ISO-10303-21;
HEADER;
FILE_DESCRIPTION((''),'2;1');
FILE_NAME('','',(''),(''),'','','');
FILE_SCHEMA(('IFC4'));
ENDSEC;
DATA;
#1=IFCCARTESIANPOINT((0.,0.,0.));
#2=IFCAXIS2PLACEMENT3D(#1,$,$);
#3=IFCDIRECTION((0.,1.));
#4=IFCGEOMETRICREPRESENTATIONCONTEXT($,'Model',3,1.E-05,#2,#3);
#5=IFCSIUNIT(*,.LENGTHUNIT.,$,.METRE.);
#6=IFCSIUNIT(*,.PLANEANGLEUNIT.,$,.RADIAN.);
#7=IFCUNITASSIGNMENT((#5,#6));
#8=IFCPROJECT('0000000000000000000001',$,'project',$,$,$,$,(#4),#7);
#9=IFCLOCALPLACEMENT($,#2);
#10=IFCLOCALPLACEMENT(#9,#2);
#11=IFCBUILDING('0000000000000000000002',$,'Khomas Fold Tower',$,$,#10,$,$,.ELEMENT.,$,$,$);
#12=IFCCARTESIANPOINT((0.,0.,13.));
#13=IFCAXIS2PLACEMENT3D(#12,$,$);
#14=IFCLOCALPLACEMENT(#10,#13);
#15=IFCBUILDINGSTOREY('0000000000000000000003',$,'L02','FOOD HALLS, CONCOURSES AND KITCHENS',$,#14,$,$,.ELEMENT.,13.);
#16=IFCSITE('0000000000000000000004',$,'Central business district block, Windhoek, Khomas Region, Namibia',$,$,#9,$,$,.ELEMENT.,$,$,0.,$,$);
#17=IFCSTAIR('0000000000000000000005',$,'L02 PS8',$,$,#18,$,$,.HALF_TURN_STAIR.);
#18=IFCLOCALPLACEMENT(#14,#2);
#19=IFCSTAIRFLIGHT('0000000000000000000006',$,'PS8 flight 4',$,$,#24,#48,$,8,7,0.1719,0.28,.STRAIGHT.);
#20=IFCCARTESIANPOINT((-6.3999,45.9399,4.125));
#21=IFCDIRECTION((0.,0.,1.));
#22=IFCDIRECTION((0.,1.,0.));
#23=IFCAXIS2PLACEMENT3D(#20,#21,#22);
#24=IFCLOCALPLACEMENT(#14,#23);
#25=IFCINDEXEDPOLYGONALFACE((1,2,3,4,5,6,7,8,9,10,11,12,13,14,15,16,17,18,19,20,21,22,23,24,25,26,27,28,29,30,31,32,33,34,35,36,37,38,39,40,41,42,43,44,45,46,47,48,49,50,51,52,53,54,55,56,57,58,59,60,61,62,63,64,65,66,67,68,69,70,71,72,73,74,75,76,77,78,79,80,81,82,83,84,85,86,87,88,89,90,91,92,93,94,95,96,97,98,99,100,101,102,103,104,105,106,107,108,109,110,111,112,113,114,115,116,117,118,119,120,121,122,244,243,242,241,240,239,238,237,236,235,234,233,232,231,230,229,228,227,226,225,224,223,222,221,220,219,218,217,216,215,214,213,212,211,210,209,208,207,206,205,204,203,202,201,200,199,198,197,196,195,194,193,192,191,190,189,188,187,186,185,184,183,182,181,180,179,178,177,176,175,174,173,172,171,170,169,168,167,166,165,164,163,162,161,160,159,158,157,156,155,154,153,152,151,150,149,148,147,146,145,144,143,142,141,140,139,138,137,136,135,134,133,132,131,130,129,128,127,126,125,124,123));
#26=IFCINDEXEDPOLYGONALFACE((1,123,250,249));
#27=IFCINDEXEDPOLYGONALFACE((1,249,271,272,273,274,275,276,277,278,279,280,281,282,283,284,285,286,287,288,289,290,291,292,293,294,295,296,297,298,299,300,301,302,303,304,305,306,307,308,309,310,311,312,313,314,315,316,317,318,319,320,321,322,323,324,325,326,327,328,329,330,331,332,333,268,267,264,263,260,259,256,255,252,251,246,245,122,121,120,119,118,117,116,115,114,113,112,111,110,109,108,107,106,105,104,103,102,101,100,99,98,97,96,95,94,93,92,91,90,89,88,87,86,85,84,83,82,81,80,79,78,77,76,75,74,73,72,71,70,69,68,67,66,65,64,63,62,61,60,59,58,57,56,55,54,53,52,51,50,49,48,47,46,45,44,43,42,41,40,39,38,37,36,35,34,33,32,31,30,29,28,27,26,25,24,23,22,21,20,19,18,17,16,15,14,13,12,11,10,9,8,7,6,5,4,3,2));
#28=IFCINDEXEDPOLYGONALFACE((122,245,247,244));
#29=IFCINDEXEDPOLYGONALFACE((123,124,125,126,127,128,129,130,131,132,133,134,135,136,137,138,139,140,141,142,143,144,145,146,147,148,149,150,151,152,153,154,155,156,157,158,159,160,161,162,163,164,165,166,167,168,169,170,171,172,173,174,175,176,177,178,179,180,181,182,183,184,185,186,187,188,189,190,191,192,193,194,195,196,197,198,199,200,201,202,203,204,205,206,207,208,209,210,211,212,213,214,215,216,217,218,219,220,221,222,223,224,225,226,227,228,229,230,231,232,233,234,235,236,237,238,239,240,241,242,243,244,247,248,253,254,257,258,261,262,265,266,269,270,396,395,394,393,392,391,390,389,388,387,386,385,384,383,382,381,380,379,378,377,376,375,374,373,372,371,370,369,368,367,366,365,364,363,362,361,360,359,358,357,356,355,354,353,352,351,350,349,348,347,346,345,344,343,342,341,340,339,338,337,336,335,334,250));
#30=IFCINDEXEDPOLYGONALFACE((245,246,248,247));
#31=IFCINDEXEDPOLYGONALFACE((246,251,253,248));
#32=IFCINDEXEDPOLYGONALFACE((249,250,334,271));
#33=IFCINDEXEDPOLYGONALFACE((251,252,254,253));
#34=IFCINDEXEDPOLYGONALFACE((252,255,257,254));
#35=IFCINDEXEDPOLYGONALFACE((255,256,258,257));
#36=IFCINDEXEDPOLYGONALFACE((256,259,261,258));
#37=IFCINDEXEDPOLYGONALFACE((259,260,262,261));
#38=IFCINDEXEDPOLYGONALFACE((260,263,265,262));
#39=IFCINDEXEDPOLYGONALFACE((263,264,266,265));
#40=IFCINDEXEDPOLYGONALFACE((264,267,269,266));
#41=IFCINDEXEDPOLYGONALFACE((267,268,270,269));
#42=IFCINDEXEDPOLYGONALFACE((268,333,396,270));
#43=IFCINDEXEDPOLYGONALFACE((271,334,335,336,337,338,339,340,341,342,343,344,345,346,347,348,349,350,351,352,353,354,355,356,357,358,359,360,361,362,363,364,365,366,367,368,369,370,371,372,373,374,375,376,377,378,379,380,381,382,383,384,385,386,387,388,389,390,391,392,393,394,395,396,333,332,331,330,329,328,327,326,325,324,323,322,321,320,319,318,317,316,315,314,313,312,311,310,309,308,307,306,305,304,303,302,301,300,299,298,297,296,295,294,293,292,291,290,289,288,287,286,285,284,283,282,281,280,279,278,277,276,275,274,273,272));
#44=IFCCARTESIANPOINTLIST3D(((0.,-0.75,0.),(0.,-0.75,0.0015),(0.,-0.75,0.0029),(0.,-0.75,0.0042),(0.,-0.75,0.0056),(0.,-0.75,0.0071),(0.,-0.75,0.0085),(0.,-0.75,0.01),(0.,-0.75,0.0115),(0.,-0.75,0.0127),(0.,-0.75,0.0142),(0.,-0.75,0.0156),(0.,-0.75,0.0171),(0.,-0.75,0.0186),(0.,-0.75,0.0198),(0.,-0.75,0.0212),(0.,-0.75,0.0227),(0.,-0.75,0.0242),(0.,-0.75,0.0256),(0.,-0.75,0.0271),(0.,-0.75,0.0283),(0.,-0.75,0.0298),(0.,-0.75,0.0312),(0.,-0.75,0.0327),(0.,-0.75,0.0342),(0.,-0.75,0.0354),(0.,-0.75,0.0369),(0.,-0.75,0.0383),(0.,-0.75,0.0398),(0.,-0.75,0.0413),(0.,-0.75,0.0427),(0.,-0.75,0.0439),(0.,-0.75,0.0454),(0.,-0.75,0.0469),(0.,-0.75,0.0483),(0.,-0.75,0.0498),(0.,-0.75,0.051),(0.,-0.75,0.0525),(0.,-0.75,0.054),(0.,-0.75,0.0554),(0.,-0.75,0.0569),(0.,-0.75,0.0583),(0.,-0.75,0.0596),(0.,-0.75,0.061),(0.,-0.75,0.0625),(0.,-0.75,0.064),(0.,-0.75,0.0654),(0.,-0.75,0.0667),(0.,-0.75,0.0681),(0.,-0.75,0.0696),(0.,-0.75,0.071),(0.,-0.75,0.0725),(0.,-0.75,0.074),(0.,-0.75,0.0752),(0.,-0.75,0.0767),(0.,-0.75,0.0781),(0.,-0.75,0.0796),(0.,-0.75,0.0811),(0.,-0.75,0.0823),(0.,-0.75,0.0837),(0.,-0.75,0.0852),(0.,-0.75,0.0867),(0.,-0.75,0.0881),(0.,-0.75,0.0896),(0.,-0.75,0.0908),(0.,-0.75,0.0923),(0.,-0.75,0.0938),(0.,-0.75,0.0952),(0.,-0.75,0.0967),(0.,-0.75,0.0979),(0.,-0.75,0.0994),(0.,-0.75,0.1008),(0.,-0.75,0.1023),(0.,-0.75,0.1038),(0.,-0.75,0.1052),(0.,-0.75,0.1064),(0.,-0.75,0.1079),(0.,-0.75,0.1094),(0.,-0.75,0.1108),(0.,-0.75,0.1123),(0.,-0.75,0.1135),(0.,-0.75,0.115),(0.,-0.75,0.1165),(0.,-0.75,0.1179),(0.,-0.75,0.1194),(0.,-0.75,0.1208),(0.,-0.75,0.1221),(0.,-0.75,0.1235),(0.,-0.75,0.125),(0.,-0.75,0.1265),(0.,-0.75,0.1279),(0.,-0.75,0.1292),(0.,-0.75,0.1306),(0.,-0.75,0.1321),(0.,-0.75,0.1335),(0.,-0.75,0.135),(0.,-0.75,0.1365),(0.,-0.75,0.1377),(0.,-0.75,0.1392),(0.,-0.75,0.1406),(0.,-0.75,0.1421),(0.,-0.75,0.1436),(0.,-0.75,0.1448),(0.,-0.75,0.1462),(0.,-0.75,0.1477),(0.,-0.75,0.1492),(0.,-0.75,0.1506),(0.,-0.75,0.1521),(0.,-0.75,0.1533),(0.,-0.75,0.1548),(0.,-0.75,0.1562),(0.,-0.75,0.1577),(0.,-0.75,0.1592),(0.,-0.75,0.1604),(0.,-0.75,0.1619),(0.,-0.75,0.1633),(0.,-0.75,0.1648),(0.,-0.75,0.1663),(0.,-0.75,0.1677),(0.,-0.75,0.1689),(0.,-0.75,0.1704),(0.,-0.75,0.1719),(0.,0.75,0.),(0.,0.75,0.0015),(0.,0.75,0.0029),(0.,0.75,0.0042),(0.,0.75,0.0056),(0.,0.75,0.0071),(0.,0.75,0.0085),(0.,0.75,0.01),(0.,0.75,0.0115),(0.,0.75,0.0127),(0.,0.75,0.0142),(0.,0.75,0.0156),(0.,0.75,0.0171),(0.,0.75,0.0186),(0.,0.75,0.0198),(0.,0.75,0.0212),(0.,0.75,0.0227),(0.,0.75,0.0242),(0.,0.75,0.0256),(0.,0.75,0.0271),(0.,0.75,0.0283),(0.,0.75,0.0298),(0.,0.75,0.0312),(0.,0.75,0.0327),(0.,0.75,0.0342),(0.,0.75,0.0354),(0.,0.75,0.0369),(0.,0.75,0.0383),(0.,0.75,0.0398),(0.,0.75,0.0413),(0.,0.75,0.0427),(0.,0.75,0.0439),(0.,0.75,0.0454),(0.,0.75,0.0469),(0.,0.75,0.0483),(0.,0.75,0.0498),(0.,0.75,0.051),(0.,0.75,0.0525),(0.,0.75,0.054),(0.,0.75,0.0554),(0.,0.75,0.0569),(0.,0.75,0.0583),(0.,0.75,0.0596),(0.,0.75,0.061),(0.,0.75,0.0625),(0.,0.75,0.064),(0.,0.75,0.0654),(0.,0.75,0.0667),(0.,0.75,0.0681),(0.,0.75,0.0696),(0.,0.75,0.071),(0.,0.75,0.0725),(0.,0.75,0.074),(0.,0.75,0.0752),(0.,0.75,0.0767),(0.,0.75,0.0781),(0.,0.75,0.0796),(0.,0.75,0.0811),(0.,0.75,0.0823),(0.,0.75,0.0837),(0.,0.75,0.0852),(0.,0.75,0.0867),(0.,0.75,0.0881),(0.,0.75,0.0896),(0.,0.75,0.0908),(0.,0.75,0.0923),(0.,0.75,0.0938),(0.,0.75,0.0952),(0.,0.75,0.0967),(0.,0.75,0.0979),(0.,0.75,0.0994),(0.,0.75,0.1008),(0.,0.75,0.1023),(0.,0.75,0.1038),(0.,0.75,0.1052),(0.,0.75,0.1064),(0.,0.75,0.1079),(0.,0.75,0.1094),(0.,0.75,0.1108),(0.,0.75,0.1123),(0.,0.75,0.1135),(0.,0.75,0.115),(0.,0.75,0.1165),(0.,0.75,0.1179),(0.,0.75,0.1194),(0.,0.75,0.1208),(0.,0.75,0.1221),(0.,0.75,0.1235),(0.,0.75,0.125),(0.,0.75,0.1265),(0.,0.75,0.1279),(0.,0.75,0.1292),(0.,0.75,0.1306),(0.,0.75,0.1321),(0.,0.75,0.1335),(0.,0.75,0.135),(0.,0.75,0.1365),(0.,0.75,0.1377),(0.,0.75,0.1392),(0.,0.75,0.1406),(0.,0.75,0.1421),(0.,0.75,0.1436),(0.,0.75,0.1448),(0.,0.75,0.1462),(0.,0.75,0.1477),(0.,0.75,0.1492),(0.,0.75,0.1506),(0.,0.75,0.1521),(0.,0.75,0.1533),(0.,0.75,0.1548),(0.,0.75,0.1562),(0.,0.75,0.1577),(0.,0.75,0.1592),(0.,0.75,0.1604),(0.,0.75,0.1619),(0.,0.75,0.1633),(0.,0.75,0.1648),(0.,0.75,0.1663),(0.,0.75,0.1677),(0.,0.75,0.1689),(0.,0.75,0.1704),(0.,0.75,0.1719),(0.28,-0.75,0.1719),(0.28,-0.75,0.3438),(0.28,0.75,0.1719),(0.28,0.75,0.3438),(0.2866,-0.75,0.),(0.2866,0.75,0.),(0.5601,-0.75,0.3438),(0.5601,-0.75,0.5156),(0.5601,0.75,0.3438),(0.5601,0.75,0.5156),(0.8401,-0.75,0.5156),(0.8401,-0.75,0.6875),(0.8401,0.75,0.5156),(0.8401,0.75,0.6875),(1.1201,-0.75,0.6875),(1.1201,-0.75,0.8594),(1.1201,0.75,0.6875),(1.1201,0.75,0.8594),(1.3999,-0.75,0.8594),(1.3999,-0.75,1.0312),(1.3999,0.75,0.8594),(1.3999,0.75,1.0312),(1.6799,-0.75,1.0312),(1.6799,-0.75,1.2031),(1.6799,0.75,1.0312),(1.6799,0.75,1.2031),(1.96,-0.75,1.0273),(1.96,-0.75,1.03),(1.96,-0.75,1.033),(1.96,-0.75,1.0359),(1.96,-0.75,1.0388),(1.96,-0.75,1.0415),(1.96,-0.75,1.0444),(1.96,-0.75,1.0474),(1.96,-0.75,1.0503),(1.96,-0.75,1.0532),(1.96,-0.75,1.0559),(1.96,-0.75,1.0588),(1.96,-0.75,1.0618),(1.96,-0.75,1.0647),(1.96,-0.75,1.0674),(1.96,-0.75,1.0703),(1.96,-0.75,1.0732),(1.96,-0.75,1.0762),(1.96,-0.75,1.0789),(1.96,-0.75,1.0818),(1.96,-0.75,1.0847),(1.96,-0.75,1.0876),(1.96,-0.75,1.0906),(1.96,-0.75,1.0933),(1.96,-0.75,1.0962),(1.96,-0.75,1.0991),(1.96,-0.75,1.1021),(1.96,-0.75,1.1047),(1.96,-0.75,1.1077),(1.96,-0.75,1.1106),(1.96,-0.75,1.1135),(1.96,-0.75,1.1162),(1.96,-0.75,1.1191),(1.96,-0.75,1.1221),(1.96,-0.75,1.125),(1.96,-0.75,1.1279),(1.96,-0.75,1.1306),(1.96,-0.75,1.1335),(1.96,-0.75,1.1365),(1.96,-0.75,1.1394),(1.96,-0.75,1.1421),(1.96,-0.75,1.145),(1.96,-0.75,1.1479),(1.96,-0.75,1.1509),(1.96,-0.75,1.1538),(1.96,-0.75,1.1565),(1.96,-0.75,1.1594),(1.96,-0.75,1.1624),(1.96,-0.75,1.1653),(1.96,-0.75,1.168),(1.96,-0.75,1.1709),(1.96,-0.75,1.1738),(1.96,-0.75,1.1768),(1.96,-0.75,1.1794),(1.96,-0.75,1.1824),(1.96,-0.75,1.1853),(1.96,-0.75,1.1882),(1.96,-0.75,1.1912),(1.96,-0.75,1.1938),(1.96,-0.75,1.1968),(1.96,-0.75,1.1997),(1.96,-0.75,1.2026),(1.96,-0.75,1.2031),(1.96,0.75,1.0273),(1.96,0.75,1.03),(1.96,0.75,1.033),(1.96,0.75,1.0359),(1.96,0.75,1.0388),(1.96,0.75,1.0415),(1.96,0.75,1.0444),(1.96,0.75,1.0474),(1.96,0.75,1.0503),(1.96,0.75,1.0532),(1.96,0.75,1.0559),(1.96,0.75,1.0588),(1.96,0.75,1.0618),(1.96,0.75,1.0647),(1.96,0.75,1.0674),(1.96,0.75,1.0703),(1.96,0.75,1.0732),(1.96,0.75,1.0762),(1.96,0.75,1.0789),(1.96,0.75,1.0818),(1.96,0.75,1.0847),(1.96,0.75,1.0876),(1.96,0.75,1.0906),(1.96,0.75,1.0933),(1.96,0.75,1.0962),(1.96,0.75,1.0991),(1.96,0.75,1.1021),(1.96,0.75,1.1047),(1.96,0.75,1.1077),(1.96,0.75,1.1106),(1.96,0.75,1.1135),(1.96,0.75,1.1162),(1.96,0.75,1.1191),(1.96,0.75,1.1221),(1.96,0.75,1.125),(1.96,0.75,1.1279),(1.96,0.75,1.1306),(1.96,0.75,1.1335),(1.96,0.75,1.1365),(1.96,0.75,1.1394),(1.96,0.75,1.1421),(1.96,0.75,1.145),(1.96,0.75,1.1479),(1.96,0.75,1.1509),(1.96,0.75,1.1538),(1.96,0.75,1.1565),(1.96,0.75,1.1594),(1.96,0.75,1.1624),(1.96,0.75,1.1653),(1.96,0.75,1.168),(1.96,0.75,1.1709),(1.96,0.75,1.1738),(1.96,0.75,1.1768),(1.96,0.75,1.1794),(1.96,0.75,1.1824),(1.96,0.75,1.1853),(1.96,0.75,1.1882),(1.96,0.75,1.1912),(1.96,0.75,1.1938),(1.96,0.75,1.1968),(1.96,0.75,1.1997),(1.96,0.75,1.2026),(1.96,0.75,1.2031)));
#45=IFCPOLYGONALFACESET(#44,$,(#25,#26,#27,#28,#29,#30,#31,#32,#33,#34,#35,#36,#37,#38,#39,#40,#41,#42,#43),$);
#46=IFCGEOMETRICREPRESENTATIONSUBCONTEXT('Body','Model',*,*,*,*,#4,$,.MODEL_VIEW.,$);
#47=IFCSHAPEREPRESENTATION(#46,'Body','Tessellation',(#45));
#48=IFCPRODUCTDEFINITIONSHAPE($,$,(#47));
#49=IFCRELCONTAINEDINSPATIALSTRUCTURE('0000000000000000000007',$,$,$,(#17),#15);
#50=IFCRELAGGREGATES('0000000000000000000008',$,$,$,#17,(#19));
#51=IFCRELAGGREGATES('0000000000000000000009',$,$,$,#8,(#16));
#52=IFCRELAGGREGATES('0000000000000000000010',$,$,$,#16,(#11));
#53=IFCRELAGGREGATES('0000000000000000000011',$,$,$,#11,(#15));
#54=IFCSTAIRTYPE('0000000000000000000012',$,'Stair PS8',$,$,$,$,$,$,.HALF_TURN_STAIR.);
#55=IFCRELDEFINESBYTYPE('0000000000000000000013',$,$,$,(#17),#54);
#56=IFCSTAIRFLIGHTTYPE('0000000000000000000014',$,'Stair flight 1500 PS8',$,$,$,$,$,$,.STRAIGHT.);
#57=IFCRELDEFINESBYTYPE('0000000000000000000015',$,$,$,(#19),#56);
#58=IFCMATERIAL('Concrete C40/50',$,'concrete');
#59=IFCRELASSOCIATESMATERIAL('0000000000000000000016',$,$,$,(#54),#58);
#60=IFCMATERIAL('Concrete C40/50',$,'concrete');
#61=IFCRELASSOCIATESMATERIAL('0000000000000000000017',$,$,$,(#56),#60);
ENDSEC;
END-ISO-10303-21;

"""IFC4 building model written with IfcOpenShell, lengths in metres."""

from ifc_helpers import new_model, si_unit, direction, frame, origin, place, context, subcontext, project, spatial, polyline, outline, extrude, source, transform, mapped, material, type_object, element, aggregate, save


model = new_model("IFC4")

# Units and contexts
model_context = context("Model", 3, precision=1e-05, world=origin(), true_north=direction((0.0, 1.0)))
body_context = subcontext(model_context, "Body", "Model", "MODEL_VIEW")
ifc_project = project(units=[si_unit("LENGTHUNIT", "METRE"), si_unit("PLANEANGLEUNIT", "RADIAN")], contexts=[model_context])

# Site, building, storey
site_placement = place(None, origin())
site = spatial("IfcSite", under=ifc_project, at=site_placement, Name="Central business district block, Windhoek, Khomas Region, Namibia", CompositionType="ELEMENT", RefElevation=0.0)
building_placement = place(site_placement, origin())
building = spatial("IfcBuilding", under=site, at=building_placement, Name="Khomas Fold Tower", CompositionType="ELEMENT")
storey_placement = place(building_placement, frame((0.0, 0.0, 13.0)))
storey = spatial("IfcBuildingStorey", under=building, at=storey_placement, Name="L02", Description="FOOD HALLS, CONCOURSES AND KITCHENS", CompositionType="ELEMENT", Elevation=13.0)

# Stair, stair flight
ifc_material_1 = material(Name="Concrete C40/50", Category="concrete")
stair_type = type_object("IfcStairType", Name="Stair PS8", PredefinedType="HALF_TURN_STAIR", material=ifc_material_1)
stair_placement = place(storey_placement, origin())
stair = element("IfcStair", 1, at=stair_placement, inside=storey, type_object=stair_type, Name="L02 PS8", PredefinedType="HALF_TURN_STAIR")
ifc_material_2 = material(Name="Concrete C40/50", Category="concrete")
stair_flight_type = type_object("IfcStairFlightType", Name="Stair flight 1500 PS8", PredefinedType="STRAIGHT", material=ifc_material_2)
shared_shape_1 = source(origin(), body_context, "Body", "SweptSolid", [
    extrude(outline(polyline([(0.0, 0.0), (0.0, 0.0015), (0.0, 0.0029), (0.0, 0.0042), (0.0, 0.0056), (0.0, 0.0071), (0.0, 0.0085), (0.0, 0.01), (0.0, 0.0115), (0.0, 0.0127), (0.0, 0.0142), (0.0, 0.0156), (0.0, 0.0171), (0.0, 0.0186), (0.0, 0.0198), (0.0, 0.0212), (0.0, 0.0227), (0.0, 0.0242), (0.0, 0.0256), (0.0, 0.0271), (0.0, 0.0283), (0.0, 0.0298), (0.0, 0.0312), (0.0, 0.0327), (0.0, 0.0342), (0.0, 0.0354), (0.0, 0.0369), (0.0, 0.0383), (0.0, 0.0398), (0.0, 0.0413), (0.0, 0.0427), (0.0, 0.0439), (0.0, 0.0454), (0.0, 0.0469), (0.0, 0.0483), (0.0, 0.0498), (0.0, 0.051), (0.0, 0.0525), (0.0, 0.054), (0.0, 0.0554), (0.0, 0.0569), (0.0, 0.0583), (0.0, 0.0596), (0.0, 0.061), (0.0, 0.0625), (0.0, 0.064), (0.0, 0.0654), (0.0, 0.0667), (0.0, 0.0681), (0.0, 0.0696), (0.0, 0.071), (0.0, 0.0725), (0.0, 0.074), (0.0, 0.0752), (0.0, 0.0767), (0.0, 0.0781), (0.0, 0.0796), (0.0, 0.0811), (0.0, 0.0823), (0.0, 0.0837), (0.0, 0.0852), (0.0, 0.0867), (0.0, 0.0881), (0.0, 0.0896), (0.0, 0.0908), (0.0, 0.0923), (0.0, 0.0938), (0.0, 0.0952), (0.0, 0.0967), (0.0, 0.0979), (0.0, 0.0994), (0.0, 0.1008), (0.0, 0.1023), (0.0, 0.1038), (0.0, 0.1052), (0.0, 0.1064), (0.0, 0.1079), (0.0, 0.1094), (0.0, 0.1108), (0.0, 0.1123), (0.0, 0.1135), (0.0, 0.115), (0.0, 0.1165), (0.0, 0.1179), (0.0, 0.1194), (0.0, 0.1208), (0.0, 0.1221), (0.0, 0.1235), (0.0, 0.125), (0.0, 0.1265), (0.0, 0.1279), (0.0, 0.1292), (0.0, 0.1306), (0.0, 0.1321), (0.0, 0.1335), (0.0, 0.135), (0.0, 0.1365), (0.0, 0.1377), (0.0, 0.1392), (0.0, 0.1406), (0.0, 0.1421), (0.0, 0.1436), (0.0, 0.1448), (0.0, 0.1462), (0.0, 0.1477), (0.0, 0.1492), (0.0, 0.1506), (0.0, 0.1521), (0.0, 0.1533), (0.0, 0.1548), (0.0, 0.1562), (0.0, 0.1577), (0.0, 0.1592), (0.0, 0.1604), (0.0, 0.1619), (0.0, 0.1633), (0.0, 0.1648), (0.0, 0.1663), (0.0, 0.1677), (0.0, 0.1689), (0.0, 0.1704), (0.0, 0.1719), (0.28, 0.1719), (0.28, 0.3438), (0.5601, 0.3438), (0.5601, 0.5156), (0.8401, 0.5156), (0.8401, 0.6875), (1.1201, 0.6875), (1.1201, 0.8594), (1.3999, 0.8594), (1.3999, 1.0312), (1.6799, 1.0312), (1.6799, 1.2031), (1.96, 1.2031), (1.96, 1.375), (1.96, 1.3721), (1.96, 1.3691), (1.96, 1.3665), (1.96, 1.3635), (1.96, 1.3606), (1.96, 1.3577), (1.96, 1.355), (1.96, 1.3521), (1.96, 1.3491), (1.96, 1.3462), (1.96, 1.3435), (1.96, 1.3406), (1.96, 1.3376), (1.96, 1.3347), (1.96, 1.3318), (1.96, 1.3291), (1.96, 1.3262), (1.96, 1.3232), (1.96, 1.3203), (1.96, 1.3176), (1.96, 1.3147), (1.96, 1.3118), (1.96, 1.3088), (1.96, 1.3059), (1.96, 1.3032), (1.96, 1.3003), (1.96, 1.2974), (1.96, 1.2944), (1.96, 1.2917), (1.96, 1.2888), (1.96, 1.2859), (1.96, 1.283), (1.96, 1.2803), (1.96, 1.2773), (1.96, 1.2744), (1.96, 1.2715), (1.96, 1.2686), (1.96, 1.2659), (1.96, 1.2629), (1.96, 1.26), (1.96, 1.2571), (1.96, 1.2544), (1.96, 1.2515), (1.96, 1.2485), (1.96, 1.2456), (1.96, 1.2427), (1.96, 1.24), (1.96, 1.2371), (1.96, 1.2341), (1.96, 1.2312), (1.96, 1.2285), (1.96, 1.2256), (1.96, 1.2227), (1.96, 1.2197), (1.96, 1.217), (1.96, 1.2141), (1.96, 1.2112), (1.96, 1.2083), (1.96, 1.2053), (1.96, 1.2026), (1.96, 1.1997), (1.96, 1.1968), (1.96, 1.1938), (1.96, 1.1912), (1.96, 1.1882), (1.96, 1.1853), (1.96, 1.1824), (1.96, 1.1794), (1.96, 1.1768), (1.96, 1.1738), (1.96, 1.1709), (1.96, 1.168), (1.96, 1.1653), (1.96, 1.1624), (1.96, 1.1594), (1.96, 1.1565), (1.96, 1.1538), (1.96, 1.1509), (1.96, 1.1479), (1.96, 1.145), (1.96, 1.1421), (1.96, 1.1394), (1.96, 1.1365), (1.96, 1.1335), (1.96, 1.1306), (1.96, 1.1279), (1.96, 1.125), (1.96, 1.1221), (1.96, 1.1191), (1.96, 1.1162), (1.96, 1.1135), (1.96, 1.1106), (1.96, 1.1077), (1.96, 1.1047), (1.96, 1.1021), (1.96, 1.0991), (1.96, 1.0962), (1.96, 1.0933), (1.96, 1.0906), (1.96, 1.0876), (1.96, 1.0847), (1.96, 1.0818), (1.96, 1.0789), (1.96, 1.0762), (1.96, 1.0732), (1.96, 1.0703), (1.96, 1.0674), (1.96, 1.0647), (1.96, 1.0618), (1.96, 1.0588), (1.96, 1.0559), (1.96, 1.0532), (1.96, 1.0503), (1.96, 1.0474), (1.96, 1.0444), (1.96, 1.0415), (1.96, 1.0388), (1.96, 1.0359), (1.96, 1.033), (1.96, 1.03), (1.96, 1.0273), (0.2866, 0.0), (0.0, 0.0)])), frame((0.0, 0.75, 0.0), z_axis=(0.0, -1.0, 0.0), x_axis=(1.0, 0.0, 0.0)), (0.0, 0.0, 1.0), 1.5),
])
stair_flight_1_placement = place(storey_placement, frame((-6.3999, 45.9399, 4.125), z_axis=(0.0, 0.0, 1.0), x_axis=(0.0, 1.0, 0.0)))
stair_flight_1 = element("IfcStairFlight", 2, at=stair_flight_1_placement, type_object=stair_flight_type, Name="PS8 flight 4", NumberOfRisers=8, NumberOfTreads=7, PredefinedType="STRAIGHT", RiserHeight=0.1719, TreadLength=0.28, context=body_context, shape_type="MappedRepresentation", body=[
    mapped(shared_shape_1, transform((0.0, 0.0, 0.0))),
])
aggregate(stair, [stair_flight_1])

save(model, "model.ifc")
